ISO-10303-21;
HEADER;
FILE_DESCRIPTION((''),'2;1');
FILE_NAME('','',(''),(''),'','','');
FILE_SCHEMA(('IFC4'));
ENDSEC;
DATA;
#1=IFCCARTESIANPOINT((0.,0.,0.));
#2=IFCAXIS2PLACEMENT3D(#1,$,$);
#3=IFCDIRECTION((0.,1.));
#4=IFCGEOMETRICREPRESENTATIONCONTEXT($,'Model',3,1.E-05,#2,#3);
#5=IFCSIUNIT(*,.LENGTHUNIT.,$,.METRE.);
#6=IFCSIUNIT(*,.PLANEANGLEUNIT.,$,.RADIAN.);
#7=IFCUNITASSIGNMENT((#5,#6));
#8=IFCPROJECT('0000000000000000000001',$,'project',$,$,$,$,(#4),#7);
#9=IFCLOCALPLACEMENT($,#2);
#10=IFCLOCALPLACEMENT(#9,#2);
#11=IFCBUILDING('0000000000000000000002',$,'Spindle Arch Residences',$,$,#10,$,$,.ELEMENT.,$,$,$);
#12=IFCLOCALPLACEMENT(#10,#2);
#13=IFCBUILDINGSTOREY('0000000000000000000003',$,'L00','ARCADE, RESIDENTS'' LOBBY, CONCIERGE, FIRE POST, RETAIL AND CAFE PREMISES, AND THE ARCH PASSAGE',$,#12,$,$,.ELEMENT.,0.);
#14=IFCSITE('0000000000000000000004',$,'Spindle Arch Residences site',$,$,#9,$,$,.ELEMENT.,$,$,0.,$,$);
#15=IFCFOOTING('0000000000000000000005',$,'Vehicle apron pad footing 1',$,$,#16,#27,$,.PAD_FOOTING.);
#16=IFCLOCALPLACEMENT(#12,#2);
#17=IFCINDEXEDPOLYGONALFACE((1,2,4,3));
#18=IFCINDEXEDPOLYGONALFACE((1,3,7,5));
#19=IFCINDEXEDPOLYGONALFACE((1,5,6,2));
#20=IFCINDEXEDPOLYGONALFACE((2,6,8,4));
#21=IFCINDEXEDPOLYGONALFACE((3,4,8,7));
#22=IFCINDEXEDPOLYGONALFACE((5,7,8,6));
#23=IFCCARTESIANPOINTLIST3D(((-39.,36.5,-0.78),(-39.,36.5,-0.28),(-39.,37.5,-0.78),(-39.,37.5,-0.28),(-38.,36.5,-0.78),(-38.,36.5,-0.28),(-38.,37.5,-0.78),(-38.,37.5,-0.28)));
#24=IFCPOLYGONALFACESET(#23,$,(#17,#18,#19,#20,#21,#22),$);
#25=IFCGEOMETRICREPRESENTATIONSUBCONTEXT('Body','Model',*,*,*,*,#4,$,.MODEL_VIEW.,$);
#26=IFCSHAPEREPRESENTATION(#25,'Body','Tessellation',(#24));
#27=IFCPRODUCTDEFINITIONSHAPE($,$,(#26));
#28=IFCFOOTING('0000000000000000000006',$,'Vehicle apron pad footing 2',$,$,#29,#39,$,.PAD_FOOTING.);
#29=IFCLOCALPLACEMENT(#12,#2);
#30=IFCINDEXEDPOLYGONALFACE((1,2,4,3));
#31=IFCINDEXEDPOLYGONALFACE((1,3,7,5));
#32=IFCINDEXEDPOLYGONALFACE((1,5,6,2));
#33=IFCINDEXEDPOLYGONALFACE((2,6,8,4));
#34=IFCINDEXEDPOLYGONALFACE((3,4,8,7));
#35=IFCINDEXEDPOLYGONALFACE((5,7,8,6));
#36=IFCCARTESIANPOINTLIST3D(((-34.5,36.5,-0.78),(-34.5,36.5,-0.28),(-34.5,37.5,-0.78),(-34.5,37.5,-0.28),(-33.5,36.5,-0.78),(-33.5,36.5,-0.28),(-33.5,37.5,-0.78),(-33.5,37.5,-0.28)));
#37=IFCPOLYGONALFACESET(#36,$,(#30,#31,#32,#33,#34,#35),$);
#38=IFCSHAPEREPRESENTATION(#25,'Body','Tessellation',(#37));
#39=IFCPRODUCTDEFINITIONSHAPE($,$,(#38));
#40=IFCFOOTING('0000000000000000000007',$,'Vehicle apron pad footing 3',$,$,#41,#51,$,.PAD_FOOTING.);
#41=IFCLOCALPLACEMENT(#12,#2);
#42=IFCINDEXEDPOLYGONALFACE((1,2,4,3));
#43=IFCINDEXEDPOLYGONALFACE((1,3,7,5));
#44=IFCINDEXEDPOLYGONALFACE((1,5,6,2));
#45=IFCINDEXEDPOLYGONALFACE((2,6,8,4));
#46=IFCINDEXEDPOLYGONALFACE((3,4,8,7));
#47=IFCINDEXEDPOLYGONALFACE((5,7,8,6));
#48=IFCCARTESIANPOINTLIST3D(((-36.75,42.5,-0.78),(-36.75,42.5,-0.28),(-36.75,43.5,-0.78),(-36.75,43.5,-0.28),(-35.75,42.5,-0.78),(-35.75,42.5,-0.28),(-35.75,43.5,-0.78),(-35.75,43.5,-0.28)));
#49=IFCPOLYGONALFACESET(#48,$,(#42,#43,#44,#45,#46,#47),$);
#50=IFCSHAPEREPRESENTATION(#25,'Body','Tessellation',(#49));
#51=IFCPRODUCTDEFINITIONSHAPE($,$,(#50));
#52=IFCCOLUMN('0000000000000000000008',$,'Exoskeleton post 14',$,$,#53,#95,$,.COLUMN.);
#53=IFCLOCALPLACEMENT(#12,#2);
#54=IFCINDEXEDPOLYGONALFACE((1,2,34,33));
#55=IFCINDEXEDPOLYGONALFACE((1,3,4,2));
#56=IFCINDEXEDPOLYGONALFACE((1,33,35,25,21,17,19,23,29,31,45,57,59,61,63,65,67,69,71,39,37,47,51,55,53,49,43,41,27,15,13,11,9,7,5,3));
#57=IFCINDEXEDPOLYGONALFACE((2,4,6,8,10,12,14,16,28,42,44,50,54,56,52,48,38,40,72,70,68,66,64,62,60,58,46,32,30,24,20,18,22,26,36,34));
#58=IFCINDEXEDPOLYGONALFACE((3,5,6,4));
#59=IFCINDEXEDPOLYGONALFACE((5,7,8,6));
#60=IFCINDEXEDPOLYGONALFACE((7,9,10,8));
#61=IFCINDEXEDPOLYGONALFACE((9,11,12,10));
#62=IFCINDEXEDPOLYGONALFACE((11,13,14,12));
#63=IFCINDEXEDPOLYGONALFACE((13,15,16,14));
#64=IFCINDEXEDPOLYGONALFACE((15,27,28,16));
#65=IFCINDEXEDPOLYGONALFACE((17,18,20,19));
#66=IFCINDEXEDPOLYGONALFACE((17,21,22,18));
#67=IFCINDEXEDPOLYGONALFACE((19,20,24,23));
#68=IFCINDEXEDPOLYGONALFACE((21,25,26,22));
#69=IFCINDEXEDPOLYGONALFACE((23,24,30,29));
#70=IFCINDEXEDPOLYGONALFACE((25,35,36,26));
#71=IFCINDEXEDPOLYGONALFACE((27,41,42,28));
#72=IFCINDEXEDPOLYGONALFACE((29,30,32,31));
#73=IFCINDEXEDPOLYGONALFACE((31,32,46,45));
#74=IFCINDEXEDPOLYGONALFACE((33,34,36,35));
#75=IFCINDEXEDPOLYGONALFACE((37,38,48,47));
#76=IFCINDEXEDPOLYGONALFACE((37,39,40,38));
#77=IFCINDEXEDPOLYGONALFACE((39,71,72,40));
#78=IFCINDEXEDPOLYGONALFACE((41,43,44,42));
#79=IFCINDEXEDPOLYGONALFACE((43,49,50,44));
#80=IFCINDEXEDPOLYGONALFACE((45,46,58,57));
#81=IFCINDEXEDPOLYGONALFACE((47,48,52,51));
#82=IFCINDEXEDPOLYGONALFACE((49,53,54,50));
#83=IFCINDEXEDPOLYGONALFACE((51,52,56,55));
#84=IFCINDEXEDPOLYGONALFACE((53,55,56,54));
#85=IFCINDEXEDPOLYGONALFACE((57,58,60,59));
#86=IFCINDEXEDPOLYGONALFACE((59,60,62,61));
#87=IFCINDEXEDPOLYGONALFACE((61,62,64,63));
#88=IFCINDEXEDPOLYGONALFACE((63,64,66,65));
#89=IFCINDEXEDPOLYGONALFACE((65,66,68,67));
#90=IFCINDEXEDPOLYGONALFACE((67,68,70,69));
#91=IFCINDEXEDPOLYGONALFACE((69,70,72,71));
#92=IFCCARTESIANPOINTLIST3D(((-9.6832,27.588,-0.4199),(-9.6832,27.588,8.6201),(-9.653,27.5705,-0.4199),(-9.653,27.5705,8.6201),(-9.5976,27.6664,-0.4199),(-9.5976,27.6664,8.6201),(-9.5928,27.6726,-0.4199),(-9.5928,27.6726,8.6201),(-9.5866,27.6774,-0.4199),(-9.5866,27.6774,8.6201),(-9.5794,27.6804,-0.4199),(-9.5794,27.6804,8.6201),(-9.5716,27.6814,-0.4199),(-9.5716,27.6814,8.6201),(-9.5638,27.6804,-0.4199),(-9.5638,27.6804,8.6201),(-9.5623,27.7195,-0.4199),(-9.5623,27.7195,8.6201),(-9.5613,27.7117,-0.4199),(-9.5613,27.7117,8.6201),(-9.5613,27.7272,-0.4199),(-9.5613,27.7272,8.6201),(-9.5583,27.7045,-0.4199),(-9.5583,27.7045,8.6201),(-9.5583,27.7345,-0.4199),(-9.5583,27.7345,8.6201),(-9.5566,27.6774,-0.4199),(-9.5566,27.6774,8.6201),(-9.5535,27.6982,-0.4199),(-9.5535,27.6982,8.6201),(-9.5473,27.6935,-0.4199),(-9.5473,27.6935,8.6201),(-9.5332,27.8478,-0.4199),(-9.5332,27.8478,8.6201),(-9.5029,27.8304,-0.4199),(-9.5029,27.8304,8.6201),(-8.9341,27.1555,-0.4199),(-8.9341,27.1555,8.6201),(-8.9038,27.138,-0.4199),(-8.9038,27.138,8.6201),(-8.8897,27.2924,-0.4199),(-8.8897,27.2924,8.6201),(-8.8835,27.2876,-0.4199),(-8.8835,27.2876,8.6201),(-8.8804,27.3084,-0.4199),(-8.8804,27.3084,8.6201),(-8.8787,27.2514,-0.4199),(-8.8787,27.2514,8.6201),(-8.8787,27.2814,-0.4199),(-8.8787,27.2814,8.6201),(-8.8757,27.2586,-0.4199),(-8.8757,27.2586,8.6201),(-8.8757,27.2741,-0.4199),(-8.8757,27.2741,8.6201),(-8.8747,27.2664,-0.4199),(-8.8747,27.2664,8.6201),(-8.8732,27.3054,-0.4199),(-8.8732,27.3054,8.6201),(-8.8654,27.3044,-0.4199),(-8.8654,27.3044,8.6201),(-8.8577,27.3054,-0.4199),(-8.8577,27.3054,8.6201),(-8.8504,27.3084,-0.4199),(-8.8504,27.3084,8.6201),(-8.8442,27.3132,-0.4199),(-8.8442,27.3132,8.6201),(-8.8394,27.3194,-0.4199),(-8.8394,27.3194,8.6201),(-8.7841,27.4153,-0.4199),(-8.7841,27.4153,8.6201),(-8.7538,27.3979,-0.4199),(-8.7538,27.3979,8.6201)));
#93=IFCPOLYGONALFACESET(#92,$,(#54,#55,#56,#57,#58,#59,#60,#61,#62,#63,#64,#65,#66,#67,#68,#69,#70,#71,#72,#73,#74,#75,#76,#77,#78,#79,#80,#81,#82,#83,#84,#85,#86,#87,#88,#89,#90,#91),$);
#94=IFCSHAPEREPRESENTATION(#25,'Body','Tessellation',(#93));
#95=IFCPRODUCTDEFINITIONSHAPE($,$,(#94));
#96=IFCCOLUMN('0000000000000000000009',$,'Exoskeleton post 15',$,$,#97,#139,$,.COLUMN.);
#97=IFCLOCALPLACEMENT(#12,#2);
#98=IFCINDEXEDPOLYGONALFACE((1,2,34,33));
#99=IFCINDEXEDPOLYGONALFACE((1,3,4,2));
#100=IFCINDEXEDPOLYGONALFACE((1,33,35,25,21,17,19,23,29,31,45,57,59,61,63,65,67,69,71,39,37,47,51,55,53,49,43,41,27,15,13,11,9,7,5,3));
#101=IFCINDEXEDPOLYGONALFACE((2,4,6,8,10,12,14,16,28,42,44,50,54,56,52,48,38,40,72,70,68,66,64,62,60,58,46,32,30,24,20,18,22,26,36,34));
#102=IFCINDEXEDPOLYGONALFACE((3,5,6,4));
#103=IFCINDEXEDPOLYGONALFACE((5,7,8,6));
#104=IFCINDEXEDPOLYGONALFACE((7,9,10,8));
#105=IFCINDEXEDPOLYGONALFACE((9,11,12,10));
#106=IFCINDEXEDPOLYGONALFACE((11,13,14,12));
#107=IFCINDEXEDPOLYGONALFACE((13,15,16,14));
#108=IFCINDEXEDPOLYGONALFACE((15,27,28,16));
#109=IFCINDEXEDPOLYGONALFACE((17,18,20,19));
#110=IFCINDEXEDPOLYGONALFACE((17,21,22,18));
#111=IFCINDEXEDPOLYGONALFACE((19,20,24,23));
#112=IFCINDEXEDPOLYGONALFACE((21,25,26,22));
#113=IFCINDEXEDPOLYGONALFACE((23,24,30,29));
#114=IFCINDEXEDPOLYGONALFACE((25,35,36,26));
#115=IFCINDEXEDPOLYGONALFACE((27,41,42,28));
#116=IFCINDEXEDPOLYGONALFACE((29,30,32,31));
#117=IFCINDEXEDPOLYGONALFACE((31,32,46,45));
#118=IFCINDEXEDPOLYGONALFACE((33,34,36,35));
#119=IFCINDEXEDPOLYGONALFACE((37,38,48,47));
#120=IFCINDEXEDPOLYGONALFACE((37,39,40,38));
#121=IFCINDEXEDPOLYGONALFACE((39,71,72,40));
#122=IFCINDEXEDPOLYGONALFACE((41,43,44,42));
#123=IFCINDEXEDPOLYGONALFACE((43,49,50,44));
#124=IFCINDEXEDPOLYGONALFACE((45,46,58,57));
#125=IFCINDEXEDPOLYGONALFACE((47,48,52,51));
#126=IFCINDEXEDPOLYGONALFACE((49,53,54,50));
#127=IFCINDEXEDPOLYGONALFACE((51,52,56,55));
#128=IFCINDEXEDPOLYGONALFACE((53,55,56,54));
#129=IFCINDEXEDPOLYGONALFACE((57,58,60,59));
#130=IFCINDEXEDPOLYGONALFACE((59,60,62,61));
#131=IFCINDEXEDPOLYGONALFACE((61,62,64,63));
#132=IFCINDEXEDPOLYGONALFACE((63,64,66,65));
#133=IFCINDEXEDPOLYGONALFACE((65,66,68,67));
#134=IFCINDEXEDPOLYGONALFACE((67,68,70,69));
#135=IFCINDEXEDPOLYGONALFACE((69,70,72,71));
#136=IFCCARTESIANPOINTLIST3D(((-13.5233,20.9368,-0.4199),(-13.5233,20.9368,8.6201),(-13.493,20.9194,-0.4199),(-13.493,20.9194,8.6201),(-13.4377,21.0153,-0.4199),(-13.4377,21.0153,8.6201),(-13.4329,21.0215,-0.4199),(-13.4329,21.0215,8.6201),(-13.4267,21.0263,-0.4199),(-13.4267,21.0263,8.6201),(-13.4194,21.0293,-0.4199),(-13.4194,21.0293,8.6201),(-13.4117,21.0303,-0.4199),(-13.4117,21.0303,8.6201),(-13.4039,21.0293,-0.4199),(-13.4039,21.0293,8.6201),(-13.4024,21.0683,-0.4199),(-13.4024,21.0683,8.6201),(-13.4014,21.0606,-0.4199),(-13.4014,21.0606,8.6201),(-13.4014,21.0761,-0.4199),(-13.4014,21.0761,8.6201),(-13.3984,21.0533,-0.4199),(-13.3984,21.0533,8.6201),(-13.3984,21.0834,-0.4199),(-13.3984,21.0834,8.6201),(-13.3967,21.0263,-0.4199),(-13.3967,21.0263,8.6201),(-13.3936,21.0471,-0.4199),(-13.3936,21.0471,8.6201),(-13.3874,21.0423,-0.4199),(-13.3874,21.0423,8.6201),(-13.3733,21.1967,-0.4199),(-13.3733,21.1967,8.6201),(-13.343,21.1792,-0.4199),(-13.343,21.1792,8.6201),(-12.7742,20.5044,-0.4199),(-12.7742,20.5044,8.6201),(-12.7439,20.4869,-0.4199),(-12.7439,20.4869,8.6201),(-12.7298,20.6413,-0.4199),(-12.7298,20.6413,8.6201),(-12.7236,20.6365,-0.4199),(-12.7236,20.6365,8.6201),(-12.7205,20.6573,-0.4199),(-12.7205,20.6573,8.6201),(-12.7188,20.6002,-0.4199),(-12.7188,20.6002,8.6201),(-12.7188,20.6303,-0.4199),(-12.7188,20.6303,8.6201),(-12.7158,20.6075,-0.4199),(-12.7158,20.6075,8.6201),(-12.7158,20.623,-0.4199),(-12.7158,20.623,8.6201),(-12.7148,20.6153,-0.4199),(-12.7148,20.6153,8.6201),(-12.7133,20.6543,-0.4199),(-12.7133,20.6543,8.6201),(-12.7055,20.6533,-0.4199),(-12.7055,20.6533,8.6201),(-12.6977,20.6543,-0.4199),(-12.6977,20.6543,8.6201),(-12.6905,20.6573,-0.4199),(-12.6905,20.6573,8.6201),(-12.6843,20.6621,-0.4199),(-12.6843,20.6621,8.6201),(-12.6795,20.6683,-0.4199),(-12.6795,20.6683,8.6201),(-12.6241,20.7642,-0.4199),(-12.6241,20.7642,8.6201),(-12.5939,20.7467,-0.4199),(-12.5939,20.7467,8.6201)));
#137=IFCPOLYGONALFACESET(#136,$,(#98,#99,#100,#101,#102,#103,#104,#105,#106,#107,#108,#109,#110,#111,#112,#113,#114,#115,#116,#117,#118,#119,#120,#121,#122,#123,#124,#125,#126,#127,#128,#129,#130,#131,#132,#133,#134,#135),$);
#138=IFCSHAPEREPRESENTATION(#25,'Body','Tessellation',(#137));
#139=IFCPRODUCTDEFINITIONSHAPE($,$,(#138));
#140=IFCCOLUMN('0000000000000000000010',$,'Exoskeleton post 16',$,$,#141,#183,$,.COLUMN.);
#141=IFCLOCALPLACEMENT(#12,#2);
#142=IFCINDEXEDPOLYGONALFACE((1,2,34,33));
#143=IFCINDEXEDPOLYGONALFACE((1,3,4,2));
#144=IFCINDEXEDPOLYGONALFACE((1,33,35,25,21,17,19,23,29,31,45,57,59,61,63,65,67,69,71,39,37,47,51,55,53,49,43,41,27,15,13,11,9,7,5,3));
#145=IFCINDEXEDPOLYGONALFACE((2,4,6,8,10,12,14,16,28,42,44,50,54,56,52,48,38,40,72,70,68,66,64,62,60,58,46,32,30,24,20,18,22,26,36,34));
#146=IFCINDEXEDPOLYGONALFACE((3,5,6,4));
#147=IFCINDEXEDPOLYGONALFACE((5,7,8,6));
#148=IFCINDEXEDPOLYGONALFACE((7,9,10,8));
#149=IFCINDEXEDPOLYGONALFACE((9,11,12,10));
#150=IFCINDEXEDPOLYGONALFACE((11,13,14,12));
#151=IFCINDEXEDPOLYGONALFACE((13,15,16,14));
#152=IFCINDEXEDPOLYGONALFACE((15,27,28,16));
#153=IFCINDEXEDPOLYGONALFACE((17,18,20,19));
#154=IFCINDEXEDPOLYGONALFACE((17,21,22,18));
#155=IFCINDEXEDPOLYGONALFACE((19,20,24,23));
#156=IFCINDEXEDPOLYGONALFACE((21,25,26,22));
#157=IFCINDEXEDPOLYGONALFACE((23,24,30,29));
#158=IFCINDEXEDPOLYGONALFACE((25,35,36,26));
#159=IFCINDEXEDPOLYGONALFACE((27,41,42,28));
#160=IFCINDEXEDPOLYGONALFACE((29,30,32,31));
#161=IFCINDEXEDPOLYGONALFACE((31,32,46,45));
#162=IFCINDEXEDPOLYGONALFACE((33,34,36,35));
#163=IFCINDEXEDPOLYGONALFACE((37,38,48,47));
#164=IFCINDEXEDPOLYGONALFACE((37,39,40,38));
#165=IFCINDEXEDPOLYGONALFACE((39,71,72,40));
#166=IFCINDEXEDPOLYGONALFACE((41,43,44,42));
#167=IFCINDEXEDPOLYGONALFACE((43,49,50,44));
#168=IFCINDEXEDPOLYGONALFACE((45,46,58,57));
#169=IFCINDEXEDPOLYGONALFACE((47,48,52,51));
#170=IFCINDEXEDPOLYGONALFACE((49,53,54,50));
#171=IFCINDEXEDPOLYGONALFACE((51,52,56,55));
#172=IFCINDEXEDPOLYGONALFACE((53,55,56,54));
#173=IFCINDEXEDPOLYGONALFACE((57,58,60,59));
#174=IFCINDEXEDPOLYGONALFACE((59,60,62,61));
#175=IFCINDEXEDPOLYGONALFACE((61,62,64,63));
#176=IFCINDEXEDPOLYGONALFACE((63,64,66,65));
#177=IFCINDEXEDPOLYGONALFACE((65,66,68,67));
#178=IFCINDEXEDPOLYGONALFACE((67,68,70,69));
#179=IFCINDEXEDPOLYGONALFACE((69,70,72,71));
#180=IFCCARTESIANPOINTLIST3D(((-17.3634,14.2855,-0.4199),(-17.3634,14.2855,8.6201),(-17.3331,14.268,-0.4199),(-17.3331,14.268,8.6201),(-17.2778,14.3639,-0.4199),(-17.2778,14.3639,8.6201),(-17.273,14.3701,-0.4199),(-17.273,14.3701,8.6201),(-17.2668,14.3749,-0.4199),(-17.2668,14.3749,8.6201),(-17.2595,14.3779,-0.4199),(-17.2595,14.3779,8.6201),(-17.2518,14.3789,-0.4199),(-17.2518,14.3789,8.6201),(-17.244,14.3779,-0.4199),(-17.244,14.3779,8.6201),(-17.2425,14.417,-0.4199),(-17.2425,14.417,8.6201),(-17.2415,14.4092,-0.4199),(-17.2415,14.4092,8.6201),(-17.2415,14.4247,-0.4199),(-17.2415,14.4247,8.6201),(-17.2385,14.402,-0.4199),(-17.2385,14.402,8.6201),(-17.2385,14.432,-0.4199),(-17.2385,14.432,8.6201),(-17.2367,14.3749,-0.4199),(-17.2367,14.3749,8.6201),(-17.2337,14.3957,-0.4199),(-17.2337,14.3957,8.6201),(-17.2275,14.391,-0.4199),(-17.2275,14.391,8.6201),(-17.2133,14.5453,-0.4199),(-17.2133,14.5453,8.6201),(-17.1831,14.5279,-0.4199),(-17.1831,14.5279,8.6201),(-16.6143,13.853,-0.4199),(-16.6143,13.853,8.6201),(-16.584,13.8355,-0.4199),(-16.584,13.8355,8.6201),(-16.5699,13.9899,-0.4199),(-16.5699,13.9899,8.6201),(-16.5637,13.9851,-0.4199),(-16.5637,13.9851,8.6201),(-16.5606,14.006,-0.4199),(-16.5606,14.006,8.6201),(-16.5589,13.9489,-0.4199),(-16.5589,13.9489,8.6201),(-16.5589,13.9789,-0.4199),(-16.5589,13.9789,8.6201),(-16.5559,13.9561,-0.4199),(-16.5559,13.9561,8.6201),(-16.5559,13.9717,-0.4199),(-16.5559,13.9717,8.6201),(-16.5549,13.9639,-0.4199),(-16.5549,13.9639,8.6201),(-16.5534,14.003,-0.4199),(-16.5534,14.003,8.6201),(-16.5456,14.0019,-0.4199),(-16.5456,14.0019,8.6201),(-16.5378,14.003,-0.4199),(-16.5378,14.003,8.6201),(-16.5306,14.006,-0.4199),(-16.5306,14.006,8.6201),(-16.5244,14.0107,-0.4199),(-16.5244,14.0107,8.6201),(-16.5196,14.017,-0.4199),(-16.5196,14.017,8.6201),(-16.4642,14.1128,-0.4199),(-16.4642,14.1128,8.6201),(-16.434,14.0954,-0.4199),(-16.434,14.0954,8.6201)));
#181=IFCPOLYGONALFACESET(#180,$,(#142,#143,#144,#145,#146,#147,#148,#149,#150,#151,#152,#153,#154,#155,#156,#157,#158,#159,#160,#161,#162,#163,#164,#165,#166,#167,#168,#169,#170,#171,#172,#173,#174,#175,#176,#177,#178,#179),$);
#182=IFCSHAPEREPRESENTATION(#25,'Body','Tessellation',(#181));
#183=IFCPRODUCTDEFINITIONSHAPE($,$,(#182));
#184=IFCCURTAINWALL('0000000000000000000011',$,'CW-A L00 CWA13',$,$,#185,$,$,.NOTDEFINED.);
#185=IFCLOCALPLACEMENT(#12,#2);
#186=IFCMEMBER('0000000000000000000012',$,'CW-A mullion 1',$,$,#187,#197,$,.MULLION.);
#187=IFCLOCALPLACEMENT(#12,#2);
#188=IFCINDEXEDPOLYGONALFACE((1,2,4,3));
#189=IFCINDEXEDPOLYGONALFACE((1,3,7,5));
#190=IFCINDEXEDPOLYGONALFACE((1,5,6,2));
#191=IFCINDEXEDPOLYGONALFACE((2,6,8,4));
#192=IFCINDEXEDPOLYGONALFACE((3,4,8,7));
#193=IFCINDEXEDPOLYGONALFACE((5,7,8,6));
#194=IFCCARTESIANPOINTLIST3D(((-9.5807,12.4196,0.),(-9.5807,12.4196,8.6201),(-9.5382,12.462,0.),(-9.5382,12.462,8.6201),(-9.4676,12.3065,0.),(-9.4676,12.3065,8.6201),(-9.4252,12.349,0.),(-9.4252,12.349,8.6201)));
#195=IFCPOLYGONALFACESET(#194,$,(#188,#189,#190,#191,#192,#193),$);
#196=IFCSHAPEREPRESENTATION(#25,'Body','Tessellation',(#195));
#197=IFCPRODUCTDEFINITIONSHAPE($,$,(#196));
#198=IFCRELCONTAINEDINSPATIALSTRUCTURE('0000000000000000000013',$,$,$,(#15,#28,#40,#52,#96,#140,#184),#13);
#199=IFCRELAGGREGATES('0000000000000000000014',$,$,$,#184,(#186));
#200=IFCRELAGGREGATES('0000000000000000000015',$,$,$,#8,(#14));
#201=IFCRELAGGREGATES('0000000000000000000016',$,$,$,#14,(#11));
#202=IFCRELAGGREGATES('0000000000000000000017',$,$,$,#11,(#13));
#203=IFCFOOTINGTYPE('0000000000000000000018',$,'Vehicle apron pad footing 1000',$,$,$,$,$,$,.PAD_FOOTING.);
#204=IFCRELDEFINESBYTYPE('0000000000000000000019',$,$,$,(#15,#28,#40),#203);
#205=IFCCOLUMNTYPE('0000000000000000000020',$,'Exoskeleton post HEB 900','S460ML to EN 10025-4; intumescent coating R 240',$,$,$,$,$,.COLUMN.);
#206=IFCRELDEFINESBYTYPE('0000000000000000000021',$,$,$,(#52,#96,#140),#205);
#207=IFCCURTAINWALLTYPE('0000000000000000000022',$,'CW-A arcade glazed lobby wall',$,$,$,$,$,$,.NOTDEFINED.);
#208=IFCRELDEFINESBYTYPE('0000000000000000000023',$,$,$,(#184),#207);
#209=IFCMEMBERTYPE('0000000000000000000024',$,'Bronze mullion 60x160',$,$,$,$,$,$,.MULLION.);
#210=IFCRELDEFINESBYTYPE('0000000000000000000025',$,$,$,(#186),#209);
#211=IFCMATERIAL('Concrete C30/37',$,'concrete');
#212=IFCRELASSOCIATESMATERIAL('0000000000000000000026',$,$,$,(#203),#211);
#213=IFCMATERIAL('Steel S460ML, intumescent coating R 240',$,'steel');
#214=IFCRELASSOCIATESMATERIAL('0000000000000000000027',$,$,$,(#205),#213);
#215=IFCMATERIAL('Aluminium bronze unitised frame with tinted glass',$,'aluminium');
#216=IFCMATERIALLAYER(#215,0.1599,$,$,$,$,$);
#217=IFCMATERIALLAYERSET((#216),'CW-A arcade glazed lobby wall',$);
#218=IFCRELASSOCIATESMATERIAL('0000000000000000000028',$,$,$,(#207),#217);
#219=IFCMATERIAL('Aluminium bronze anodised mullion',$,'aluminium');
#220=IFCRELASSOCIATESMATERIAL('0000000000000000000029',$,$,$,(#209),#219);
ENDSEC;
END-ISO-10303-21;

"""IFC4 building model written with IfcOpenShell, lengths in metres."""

from ifc_helpers import new_model, si_unit, direction, frame, origin, origin_2d, place, context, subcontext, project, spatial, rectangle, i_section, extrude, material, layer, layer_set, material_profile, profile_set, type_object, element, aggregate, save


model = new_model("IFC4")

# Units and contexts
model_context = context("Model", 3, precision=1e-05, world=origin(), true_north=direction((0.0, 1.0)))
body_context = subcontext(model_context, "Body", "Model", "MODEL_VIEW")
ifc_project = project(units=[si_unit("LENGTHUNIT", "METRE"), si_unit("PLANEANGLEUNIT", "RADIAN")], contexts=[model_context])

# Site, building, storey
site_placement = place(None, origin())
site = spatial("IfcSite", under=ifc_project, at=site_placement, Name="Spindle Arch Residences site", CompositionType="ELEMENT", RefElevation=0.0)
building_placement = place(site_placement, origin())
building = spatial("IfcBuilding", under=site, at=building_placement, Name="Spindle Arch Residences", CompositionType="ELEMENT")
storey_placement = place(building_placement, origin())
storey = spatial("IfcBuildingStorey", under=building, at=storey_placement, Name="L00", Description="ARCADE, RESIDENTS' LOBBY, CONCIERGE, FIRE POST, RETAIL AND CAFE PREMISES, AND THE ARCH PASSAGE", CompositionType="ELEMENT", Elevation=0.0)

# Footings
ifc_material_1 = material(Name="Concrete C30/37", Category="concrete")
footing_type = type_object("IfcFootingType", Name="Vehicle apron pad footing 1000", PredefinedType="PAD_FOOTING", material=ifc_material_1)
for number, where, z_axis, x_axis, name in (
    (1, (-38.5, 37.0, -0.78), (0.0, 0.0, 1.0), (1.0, 0.0, 0.0), "Vehicle apron pad footing 1"),
    (2, (-34.0, 37.0, -0.78), (0.0, 0.0, 1.0), (1.0, 0.0, 0.0), "Vehicle apron pad footing 2"),
    (3, (-36.25, 43.0, -0.78), (0.0, 0.0, 1.0), (1.0, 0.0, 0.0), "Vehicle apron pad footing 3"),
):
    element("IfcFooting", number, at=place(storey_placement, frame(where, z_axis=z_axis, x_axis=x_axis)), inside=storey, type_object=footing_type, Name=name, PredefinedType="PAD_FOOTING", context=body_context, shape_type="SweptSolid", body=[
        extrude(rectangle(XDim=1.0, YDim=1.0, at=origin_2d()), origin(), (0.0, 0.0, 1.0), 0.5),
    ])

# Columns
ifc_material_2 = material(Name="Steel S460ML, intumescent coating R 240", Category="steel")
ifc_material_profile_1 = material_profile(ifc_material_2, i_section(OverallWidth=0.3, OverallDepth=0.8999, WebThickness=0.0186, FlangeThickness=0.0349, FilletRadius=0.03, at=origin_2d()), Name="HEB 900")
ifc_profile_set_1 = profile_set([ifc_material_profile_1], Name="Steel S460ML, intumescent coating R 240")
column_type = type_object("IfcColumnType", Name="Exoskeleton post HEB 900", Description="S460ML to EN 10025-4; intumescent coating R 240", PredefinedType="COLUMN", material=ifc_profile_set_1)
for number, where, z_axis, x_axis, name in (
    (4, (-9.2185, 27.4929, -0.4199), (0.0, 0.0, 1.0), (0.5, 0.866025, 0.0), "Exoskeleton post 14"),
    (5, (-13.0586, 20.8418, -0.4199), (0.0, 0.0, 1.0), (0.5, 0.866025, 0.0), "Exoskeleton post 15"),
    (6, (-16.8987, 14.1904, -0.4199), (0.0, 0.0, 1.0), (0.5, 0.866025, 0.0), "Exoskeleton post 16"),
):
    element("IfcColumn", number, at=place(storey_placement, frame(where, z_axis=z_axis, x_axis=x_axis)), inside=storey, type_object=column_type, Name=name, PredefinedType="COLUMN", context=body_context, shape_type="SweptSolid", body=[
        extrude(i_section(OverallWidth=0.3, OverallDepth=0.8999, WebThickness=0.0186, FlangeThickness=0.0349, FilletRadius=0.03, at=origin_2d()), origin(), (0.0, 0.0, 1.0), 9.04),
    ])

# Curtain wall, member
ifc_material_3 = material(Name="Aluminium bronze unitised frame with tinted glass", Category="aluminium")
ifc_layer_1 = layer(ifc_material_3, 0.1599)
ifc_layer_set_1 = layer_set([ifc_layer_1], Name="CW-A arcade glazed lobby wall")
curtain_wall_type = type_object("IfcCurtainWallType", Name="CW-A arcade glazed lobby wall", PredefinedType="NOTDEFINED", material=ifc_layer_set_1)
curtain_wall_1_placement = place(storey_placement, origin())
curtain_wall_1 = element("IfcCurtainWall", 7, at=curtain_wall_1_placement, inside=storey, type_object=curtain_wall_type, Name="CW-A L00 CWA13", PredefinedType="NOTDEFINED")
ifc_material_4 = material(Name="Aluminium bronze anodised mullion", Category="aluminium")
ifc_material_profile_2 = material_profile(ifc_material_4, rectangle(XDim=0.1599, YDim=0.0601, at=origin_2d()), Name="MU 60x160")
ifc_profile_set_2 = profile_set([ifc_material_profile_2], Name="Aluminium bronze anodised mullion")
member_type_1 = type_object("IfcMemberType", Name="Bronze mullion 60x160", PredefinedType="MULLION", material=ifc_profile_set_2)
member_1_placement = place(storey_placement, frame((-9.5029, 12.3843, 0.0), z_axis=(0.0, 0.0, 1.0), x_axis=(0.707107, -0.707107, 0.0)))
member_1 = element("IfcMember", 8, at=member_1_placement, type_object=member_type_1, Name="CW-A mullion 1", PredefinedType="MULLION", context=body_context, shape_type="SweptSolid", body=[
    extrude(rectangle(XDim=0.1599, YDim=0.0601, at=origin_2d()), origin(), (0.0, 0.0, 1.0), 8.6201),
])

aggregate(curtain_wall_1, [member_1])

save(model, "model.ifc")
